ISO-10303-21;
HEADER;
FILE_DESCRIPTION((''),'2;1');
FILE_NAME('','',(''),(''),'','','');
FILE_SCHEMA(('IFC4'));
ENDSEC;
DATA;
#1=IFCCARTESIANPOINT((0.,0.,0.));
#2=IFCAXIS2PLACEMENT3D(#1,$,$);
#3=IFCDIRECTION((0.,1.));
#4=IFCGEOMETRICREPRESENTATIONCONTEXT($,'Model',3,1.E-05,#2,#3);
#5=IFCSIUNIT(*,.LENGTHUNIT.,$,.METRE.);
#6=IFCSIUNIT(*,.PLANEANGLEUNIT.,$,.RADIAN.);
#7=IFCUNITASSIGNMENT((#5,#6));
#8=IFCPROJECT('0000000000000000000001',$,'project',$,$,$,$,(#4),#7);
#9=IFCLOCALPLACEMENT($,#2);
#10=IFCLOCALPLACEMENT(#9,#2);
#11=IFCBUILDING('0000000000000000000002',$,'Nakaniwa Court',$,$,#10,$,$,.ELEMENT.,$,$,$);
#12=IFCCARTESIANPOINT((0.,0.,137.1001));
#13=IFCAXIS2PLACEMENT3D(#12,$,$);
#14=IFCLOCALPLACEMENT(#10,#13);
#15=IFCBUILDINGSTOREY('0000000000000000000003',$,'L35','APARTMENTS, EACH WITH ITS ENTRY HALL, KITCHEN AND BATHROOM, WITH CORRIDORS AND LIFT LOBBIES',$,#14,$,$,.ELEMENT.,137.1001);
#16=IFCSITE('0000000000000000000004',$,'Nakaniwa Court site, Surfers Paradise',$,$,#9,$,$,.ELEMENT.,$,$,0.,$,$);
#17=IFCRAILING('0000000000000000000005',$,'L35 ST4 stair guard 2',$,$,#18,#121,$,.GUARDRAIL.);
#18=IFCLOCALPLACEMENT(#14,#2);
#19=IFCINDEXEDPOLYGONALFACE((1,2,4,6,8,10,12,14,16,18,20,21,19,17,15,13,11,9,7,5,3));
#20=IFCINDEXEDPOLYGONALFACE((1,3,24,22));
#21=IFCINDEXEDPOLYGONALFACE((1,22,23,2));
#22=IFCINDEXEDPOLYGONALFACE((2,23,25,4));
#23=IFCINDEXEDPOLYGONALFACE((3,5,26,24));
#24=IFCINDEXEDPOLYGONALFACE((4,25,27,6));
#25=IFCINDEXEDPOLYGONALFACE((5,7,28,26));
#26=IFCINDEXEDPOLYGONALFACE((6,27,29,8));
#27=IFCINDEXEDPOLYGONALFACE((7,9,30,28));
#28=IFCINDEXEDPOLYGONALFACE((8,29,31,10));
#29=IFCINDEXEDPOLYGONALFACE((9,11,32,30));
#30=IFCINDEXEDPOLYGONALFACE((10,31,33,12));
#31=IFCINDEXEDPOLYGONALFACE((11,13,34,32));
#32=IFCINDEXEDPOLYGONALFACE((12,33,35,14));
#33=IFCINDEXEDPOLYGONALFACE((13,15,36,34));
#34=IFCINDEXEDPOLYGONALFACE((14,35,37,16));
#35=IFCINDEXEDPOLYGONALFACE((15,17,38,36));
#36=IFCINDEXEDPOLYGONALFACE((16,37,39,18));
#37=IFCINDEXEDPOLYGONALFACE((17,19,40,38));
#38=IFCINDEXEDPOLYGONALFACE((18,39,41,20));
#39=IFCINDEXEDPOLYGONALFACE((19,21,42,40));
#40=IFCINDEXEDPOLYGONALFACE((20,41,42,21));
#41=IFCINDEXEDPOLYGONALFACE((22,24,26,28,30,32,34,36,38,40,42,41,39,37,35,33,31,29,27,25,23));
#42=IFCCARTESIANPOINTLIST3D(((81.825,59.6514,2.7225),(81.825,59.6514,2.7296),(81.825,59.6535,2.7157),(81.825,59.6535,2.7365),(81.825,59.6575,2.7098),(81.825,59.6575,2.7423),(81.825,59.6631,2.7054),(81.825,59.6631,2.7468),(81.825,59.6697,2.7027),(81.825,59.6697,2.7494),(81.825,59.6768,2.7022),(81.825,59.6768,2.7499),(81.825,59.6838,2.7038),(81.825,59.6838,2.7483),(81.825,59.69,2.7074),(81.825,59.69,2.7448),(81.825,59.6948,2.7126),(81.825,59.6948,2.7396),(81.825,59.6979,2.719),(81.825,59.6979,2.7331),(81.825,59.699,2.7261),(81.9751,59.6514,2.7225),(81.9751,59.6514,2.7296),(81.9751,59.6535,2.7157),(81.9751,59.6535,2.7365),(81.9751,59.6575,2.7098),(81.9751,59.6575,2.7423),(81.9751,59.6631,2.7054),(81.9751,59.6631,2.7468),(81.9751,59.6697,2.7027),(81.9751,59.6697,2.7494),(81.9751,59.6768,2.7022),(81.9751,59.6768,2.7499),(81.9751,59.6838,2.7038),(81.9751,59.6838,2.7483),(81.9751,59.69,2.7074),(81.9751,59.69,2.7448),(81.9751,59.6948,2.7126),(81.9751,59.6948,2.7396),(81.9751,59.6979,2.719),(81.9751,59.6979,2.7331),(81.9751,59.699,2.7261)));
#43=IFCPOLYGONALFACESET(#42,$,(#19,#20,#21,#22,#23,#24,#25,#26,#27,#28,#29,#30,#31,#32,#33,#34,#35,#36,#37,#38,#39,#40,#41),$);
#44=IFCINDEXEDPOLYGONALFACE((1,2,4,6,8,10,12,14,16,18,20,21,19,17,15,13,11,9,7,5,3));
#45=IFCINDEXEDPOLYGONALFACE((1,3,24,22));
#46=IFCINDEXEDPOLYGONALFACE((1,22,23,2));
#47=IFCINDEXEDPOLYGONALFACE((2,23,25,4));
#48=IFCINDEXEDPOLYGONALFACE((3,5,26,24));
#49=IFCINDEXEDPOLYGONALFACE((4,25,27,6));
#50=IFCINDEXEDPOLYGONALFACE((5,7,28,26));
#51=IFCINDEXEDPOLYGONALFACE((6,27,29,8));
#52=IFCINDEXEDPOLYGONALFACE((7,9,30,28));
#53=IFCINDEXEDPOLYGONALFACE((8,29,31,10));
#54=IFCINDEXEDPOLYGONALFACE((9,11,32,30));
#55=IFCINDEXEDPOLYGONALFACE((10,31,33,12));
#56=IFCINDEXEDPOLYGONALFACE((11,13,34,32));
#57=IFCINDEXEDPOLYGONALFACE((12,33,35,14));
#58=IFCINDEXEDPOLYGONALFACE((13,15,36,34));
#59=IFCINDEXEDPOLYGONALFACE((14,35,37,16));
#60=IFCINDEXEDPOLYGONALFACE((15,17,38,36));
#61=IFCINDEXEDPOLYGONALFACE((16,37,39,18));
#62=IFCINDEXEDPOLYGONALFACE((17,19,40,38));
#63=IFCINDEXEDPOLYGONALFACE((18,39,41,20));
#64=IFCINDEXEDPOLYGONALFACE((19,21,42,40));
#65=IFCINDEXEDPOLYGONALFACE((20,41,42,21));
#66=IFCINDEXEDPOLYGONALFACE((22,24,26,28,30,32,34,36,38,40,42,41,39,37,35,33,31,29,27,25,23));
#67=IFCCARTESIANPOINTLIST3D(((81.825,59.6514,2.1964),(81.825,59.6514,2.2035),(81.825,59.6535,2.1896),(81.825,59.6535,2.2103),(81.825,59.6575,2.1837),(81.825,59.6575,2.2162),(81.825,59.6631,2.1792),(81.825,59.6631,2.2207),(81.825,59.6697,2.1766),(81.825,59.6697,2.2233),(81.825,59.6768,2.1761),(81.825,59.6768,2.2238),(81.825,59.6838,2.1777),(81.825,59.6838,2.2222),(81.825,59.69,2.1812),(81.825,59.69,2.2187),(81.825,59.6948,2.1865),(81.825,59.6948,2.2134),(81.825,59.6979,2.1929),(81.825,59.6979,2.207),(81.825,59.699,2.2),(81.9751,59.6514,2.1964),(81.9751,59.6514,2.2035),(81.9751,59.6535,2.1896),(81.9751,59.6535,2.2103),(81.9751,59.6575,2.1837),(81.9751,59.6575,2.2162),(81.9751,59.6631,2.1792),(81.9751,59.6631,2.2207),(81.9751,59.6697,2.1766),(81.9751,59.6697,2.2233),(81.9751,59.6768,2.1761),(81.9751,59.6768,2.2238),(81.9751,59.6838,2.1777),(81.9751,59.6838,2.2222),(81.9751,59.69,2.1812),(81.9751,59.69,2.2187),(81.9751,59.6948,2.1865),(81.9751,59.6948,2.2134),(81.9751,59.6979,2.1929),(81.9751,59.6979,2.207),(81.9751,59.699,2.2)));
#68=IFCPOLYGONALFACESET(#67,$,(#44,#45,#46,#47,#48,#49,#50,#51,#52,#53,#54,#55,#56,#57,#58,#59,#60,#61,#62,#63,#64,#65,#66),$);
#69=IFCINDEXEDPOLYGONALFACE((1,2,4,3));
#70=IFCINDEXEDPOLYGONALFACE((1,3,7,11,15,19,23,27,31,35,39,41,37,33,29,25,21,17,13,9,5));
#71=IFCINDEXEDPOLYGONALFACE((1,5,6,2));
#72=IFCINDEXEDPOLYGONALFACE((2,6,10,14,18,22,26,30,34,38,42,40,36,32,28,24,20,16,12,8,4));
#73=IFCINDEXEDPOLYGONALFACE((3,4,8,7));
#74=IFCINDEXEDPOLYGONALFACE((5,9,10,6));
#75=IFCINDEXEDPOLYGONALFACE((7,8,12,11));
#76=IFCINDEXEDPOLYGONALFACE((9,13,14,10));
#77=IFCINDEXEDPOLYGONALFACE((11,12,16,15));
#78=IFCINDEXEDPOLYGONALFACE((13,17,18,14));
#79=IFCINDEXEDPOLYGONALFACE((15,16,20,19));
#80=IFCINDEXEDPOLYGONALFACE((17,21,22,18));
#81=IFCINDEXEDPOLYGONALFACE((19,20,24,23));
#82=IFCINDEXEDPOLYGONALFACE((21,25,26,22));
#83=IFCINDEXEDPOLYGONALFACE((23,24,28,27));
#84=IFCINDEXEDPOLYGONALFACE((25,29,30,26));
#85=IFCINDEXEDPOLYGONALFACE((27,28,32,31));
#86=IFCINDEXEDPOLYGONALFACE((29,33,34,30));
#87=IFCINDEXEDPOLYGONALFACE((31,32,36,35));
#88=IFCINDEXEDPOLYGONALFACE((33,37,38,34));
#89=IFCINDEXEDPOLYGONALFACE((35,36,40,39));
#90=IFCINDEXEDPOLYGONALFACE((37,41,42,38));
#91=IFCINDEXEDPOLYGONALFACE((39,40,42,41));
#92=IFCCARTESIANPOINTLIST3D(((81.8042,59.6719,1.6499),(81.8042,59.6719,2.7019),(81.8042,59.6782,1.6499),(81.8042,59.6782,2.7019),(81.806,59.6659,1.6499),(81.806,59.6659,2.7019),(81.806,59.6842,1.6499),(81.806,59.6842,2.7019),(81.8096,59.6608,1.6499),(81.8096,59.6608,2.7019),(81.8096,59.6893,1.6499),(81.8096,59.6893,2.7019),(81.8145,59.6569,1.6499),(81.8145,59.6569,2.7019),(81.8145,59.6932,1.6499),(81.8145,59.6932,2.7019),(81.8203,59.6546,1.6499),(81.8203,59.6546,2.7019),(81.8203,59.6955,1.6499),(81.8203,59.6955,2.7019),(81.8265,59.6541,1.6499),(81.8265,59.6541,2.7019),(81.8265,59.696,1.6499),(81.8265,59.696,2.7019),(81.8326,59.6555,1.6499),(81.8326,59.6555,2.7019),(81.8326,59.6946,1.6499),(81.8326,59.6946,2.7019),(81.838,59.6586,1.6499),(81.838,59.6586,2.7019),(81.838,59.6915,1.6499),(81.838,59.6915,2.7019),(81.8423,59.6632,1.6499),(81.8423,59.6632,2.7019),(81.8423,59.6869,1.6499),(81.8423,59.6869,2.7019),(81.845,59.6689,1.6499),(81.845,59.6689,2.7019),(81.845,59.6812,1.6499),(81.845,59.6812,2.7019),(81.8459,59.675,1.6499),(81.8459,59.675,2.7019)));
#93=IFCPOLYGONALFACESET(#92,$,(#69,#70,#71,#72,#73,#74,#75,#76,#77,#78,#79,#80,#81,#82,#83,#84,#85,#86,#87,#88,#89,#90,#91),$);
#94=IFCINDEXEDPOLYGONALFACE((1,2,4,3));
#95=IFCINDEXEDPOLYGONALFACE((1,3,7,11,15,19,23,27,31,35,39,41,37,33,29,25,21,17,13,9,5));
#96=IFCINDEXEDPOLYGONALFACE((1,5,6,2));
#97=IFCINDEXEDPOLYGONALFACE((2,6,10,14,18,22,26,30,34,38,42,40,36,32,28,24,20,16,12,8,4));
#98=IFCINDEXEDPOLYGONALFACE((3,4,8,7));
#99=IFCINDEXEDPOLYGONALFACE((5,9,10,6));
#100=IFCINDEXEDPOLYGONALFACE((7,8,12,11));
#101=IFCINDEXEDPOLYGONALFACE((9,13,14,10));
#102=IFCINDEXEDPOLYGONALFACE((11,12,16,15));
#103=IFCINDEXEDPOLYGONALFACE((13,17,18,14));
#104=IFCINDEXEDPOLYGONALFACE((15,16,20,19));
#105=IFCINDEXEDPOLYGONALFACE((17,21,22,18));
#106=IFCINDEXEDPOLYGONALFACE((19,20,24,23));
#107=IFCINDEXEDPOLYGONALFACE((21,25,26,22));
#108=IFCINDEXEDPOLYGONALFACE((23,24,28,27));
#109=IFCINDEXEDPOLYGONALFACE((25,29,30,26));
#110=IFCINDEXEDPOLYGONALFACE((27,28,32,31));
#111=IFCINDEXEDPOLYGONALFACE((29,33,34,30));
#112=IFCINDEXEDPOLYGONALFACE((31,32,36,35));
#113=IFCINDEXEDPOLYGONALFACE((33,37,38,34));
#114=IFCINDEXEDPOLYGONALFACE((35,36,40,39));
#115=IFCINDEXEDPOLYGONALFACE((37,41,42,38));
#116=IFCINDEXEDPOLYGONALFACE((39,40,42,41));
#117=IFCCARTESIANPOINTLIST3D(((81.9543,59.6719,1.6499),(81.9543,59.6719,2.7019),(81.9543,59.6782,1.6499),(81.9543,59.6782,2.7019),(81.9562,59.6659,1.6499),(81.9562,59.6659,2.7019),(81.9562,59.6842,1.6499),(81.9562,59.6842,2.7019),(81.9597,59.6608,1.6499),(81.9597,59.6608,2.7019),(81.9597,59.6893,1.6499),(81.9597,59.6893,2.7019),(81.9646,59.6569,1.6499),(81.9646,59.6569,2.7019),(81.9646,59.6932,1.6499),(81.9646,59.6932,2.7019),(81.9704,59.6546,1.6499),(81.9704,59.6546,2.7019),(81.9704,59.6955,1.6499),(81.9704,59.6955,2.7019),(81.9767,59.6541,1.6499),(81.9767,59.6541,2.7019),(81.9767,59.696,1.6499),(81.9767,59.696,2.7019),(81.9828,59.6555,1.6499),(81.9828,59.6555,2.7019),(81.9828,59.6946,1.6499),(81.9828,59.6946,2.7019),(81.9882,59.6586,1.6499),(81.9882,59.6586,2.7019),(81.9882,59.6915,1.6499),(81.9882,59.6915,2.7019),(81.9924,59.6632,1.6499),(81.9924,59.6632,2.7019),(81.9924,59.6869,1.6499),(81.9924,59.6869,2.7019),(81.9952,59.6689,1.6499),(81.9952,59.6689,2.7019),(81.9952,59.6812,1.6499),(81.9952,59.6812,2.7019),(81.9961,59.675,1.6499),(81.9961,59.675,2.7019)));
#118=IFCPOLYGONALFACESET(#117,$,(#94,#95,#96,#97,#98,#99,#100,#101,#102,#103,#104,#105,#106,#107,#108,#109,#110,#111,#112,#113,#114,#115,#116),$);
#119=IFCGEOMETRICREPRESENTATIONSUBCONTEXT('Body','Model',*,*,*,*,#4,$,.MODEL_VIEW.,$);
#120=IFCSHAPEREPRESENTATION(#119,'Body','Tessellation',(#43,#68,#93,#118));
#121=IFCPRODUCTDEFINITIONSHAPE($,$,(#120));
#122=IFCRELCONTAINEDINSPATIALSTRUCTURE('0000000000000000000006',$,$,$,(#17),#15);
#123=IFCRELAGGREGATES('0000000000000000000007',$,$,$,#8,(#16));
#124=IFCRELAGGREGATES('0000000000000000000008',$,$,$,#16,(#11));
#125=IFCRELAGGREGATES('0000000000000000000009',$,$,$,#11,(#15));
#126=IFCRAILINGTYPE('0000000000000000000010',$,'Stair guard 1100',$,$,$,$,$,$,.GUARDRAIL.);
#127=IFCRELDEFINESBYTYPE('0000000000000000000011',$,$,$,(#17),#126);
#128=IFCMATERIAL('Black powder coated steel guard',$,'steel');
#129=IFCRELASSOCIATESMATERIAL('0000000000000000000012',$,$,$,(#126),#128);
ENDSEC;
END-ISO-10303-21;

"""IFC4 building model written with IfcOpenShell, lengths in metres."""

from ifc_helpers import new_model, si_unit, direction, frame, origin, origin_2d, place, context, subcontext, project, spatial, circle, extrude, material, type_object, element, save


model = new_model("IFC4")

# Units and contexts
model_context = context("Model", 3, precision=1e-05, world=origin(), true_north=direction((0.0, 1.0)))
body_context = subcontext(model_context, "Body", "Model", "MODEL_VIEW")
ifc_project = project(units=[si_unit("LENGTHUNIT", "METRE"), si_unit("PLANEANGLEUNIT", "RADIAN")], contexts=[model_context])

# Site, building, storey
site_placement = place(None, origin())
site = spatial("IfcSite", under=ifc_project, at=site_placement, Name="Nakaniwa Court site, Surfers Paradise", CompositionType="ELEMENT", RefElevation=0.0)
building_placement = place(site_placement, origin())
building = spatial("IfcBuilding", under=site, at=building_placement, Name="Nakaniwa Court", CompositionType="ELEMENT")
storey_placement = place(building_placement, frame((0.0, 0.0, 137.1001)))
storey = spatial("IfcBuildingStorey", under=building, at=storey_placement, Name="L35", Description="APARTMENTS, EACH WITH ITS ENTRY HALL, KITCHEN AND BATHROOM, WITH CORRIDORS AND LIFT LOBBIES", CompositionType="ELEMENT", Elevation=137.1001)

# Railing
ifc_material_1 = material(Name="Black powder coated steel guard", Category="steel")
railing_type_1 = type_object("IfcRailingType", Name="Stair guard 1100", PredefinedType="GUARDRAIL", material=ifc_material_1)
railing_1_placement = place(storey_placement, frame((81.825, 59.675, 1.6499)))
element("IfcRailing", 1, at=railing_1_placement, inside=storey, type_object=railing_type_1, Name="L35 ST4 stair guard 2", PredefinedType="GUARDRAIL", context=body_context, shape_type="SweptSolid", body=[
    extrude(circle(Radius=0.0239, at=origin_2d()), frame((0.0, 0.0, 1.0762), z_axis=(1.0, 0.0, 0.0), x_axis=(0.0, 1.0, 0.0)), (0.0, 0.0, 1.0), 0.1501),
    extrude(circle(Radius=0.0239, at=origin_2d()), frame((0.0, 0.0, 0.55), z_axis=(1.0, 0.0, 0.0), x_axis=(0.0, 1.0, 0.0)), (0.0, 0.0, 1.0), 0.1501),
    extrude(circle(Radius=0.021, at=origin_2d()), origin(), (0.0, 0.0, 1.0), 1.052),
    extrude(circle(Radius=0.021, at=origin_2d()), frame((0.1501, 0.0, 0.0)), (0.0, 0.0, 1.0), 1.052),
])

save(model, "model.ifc")
